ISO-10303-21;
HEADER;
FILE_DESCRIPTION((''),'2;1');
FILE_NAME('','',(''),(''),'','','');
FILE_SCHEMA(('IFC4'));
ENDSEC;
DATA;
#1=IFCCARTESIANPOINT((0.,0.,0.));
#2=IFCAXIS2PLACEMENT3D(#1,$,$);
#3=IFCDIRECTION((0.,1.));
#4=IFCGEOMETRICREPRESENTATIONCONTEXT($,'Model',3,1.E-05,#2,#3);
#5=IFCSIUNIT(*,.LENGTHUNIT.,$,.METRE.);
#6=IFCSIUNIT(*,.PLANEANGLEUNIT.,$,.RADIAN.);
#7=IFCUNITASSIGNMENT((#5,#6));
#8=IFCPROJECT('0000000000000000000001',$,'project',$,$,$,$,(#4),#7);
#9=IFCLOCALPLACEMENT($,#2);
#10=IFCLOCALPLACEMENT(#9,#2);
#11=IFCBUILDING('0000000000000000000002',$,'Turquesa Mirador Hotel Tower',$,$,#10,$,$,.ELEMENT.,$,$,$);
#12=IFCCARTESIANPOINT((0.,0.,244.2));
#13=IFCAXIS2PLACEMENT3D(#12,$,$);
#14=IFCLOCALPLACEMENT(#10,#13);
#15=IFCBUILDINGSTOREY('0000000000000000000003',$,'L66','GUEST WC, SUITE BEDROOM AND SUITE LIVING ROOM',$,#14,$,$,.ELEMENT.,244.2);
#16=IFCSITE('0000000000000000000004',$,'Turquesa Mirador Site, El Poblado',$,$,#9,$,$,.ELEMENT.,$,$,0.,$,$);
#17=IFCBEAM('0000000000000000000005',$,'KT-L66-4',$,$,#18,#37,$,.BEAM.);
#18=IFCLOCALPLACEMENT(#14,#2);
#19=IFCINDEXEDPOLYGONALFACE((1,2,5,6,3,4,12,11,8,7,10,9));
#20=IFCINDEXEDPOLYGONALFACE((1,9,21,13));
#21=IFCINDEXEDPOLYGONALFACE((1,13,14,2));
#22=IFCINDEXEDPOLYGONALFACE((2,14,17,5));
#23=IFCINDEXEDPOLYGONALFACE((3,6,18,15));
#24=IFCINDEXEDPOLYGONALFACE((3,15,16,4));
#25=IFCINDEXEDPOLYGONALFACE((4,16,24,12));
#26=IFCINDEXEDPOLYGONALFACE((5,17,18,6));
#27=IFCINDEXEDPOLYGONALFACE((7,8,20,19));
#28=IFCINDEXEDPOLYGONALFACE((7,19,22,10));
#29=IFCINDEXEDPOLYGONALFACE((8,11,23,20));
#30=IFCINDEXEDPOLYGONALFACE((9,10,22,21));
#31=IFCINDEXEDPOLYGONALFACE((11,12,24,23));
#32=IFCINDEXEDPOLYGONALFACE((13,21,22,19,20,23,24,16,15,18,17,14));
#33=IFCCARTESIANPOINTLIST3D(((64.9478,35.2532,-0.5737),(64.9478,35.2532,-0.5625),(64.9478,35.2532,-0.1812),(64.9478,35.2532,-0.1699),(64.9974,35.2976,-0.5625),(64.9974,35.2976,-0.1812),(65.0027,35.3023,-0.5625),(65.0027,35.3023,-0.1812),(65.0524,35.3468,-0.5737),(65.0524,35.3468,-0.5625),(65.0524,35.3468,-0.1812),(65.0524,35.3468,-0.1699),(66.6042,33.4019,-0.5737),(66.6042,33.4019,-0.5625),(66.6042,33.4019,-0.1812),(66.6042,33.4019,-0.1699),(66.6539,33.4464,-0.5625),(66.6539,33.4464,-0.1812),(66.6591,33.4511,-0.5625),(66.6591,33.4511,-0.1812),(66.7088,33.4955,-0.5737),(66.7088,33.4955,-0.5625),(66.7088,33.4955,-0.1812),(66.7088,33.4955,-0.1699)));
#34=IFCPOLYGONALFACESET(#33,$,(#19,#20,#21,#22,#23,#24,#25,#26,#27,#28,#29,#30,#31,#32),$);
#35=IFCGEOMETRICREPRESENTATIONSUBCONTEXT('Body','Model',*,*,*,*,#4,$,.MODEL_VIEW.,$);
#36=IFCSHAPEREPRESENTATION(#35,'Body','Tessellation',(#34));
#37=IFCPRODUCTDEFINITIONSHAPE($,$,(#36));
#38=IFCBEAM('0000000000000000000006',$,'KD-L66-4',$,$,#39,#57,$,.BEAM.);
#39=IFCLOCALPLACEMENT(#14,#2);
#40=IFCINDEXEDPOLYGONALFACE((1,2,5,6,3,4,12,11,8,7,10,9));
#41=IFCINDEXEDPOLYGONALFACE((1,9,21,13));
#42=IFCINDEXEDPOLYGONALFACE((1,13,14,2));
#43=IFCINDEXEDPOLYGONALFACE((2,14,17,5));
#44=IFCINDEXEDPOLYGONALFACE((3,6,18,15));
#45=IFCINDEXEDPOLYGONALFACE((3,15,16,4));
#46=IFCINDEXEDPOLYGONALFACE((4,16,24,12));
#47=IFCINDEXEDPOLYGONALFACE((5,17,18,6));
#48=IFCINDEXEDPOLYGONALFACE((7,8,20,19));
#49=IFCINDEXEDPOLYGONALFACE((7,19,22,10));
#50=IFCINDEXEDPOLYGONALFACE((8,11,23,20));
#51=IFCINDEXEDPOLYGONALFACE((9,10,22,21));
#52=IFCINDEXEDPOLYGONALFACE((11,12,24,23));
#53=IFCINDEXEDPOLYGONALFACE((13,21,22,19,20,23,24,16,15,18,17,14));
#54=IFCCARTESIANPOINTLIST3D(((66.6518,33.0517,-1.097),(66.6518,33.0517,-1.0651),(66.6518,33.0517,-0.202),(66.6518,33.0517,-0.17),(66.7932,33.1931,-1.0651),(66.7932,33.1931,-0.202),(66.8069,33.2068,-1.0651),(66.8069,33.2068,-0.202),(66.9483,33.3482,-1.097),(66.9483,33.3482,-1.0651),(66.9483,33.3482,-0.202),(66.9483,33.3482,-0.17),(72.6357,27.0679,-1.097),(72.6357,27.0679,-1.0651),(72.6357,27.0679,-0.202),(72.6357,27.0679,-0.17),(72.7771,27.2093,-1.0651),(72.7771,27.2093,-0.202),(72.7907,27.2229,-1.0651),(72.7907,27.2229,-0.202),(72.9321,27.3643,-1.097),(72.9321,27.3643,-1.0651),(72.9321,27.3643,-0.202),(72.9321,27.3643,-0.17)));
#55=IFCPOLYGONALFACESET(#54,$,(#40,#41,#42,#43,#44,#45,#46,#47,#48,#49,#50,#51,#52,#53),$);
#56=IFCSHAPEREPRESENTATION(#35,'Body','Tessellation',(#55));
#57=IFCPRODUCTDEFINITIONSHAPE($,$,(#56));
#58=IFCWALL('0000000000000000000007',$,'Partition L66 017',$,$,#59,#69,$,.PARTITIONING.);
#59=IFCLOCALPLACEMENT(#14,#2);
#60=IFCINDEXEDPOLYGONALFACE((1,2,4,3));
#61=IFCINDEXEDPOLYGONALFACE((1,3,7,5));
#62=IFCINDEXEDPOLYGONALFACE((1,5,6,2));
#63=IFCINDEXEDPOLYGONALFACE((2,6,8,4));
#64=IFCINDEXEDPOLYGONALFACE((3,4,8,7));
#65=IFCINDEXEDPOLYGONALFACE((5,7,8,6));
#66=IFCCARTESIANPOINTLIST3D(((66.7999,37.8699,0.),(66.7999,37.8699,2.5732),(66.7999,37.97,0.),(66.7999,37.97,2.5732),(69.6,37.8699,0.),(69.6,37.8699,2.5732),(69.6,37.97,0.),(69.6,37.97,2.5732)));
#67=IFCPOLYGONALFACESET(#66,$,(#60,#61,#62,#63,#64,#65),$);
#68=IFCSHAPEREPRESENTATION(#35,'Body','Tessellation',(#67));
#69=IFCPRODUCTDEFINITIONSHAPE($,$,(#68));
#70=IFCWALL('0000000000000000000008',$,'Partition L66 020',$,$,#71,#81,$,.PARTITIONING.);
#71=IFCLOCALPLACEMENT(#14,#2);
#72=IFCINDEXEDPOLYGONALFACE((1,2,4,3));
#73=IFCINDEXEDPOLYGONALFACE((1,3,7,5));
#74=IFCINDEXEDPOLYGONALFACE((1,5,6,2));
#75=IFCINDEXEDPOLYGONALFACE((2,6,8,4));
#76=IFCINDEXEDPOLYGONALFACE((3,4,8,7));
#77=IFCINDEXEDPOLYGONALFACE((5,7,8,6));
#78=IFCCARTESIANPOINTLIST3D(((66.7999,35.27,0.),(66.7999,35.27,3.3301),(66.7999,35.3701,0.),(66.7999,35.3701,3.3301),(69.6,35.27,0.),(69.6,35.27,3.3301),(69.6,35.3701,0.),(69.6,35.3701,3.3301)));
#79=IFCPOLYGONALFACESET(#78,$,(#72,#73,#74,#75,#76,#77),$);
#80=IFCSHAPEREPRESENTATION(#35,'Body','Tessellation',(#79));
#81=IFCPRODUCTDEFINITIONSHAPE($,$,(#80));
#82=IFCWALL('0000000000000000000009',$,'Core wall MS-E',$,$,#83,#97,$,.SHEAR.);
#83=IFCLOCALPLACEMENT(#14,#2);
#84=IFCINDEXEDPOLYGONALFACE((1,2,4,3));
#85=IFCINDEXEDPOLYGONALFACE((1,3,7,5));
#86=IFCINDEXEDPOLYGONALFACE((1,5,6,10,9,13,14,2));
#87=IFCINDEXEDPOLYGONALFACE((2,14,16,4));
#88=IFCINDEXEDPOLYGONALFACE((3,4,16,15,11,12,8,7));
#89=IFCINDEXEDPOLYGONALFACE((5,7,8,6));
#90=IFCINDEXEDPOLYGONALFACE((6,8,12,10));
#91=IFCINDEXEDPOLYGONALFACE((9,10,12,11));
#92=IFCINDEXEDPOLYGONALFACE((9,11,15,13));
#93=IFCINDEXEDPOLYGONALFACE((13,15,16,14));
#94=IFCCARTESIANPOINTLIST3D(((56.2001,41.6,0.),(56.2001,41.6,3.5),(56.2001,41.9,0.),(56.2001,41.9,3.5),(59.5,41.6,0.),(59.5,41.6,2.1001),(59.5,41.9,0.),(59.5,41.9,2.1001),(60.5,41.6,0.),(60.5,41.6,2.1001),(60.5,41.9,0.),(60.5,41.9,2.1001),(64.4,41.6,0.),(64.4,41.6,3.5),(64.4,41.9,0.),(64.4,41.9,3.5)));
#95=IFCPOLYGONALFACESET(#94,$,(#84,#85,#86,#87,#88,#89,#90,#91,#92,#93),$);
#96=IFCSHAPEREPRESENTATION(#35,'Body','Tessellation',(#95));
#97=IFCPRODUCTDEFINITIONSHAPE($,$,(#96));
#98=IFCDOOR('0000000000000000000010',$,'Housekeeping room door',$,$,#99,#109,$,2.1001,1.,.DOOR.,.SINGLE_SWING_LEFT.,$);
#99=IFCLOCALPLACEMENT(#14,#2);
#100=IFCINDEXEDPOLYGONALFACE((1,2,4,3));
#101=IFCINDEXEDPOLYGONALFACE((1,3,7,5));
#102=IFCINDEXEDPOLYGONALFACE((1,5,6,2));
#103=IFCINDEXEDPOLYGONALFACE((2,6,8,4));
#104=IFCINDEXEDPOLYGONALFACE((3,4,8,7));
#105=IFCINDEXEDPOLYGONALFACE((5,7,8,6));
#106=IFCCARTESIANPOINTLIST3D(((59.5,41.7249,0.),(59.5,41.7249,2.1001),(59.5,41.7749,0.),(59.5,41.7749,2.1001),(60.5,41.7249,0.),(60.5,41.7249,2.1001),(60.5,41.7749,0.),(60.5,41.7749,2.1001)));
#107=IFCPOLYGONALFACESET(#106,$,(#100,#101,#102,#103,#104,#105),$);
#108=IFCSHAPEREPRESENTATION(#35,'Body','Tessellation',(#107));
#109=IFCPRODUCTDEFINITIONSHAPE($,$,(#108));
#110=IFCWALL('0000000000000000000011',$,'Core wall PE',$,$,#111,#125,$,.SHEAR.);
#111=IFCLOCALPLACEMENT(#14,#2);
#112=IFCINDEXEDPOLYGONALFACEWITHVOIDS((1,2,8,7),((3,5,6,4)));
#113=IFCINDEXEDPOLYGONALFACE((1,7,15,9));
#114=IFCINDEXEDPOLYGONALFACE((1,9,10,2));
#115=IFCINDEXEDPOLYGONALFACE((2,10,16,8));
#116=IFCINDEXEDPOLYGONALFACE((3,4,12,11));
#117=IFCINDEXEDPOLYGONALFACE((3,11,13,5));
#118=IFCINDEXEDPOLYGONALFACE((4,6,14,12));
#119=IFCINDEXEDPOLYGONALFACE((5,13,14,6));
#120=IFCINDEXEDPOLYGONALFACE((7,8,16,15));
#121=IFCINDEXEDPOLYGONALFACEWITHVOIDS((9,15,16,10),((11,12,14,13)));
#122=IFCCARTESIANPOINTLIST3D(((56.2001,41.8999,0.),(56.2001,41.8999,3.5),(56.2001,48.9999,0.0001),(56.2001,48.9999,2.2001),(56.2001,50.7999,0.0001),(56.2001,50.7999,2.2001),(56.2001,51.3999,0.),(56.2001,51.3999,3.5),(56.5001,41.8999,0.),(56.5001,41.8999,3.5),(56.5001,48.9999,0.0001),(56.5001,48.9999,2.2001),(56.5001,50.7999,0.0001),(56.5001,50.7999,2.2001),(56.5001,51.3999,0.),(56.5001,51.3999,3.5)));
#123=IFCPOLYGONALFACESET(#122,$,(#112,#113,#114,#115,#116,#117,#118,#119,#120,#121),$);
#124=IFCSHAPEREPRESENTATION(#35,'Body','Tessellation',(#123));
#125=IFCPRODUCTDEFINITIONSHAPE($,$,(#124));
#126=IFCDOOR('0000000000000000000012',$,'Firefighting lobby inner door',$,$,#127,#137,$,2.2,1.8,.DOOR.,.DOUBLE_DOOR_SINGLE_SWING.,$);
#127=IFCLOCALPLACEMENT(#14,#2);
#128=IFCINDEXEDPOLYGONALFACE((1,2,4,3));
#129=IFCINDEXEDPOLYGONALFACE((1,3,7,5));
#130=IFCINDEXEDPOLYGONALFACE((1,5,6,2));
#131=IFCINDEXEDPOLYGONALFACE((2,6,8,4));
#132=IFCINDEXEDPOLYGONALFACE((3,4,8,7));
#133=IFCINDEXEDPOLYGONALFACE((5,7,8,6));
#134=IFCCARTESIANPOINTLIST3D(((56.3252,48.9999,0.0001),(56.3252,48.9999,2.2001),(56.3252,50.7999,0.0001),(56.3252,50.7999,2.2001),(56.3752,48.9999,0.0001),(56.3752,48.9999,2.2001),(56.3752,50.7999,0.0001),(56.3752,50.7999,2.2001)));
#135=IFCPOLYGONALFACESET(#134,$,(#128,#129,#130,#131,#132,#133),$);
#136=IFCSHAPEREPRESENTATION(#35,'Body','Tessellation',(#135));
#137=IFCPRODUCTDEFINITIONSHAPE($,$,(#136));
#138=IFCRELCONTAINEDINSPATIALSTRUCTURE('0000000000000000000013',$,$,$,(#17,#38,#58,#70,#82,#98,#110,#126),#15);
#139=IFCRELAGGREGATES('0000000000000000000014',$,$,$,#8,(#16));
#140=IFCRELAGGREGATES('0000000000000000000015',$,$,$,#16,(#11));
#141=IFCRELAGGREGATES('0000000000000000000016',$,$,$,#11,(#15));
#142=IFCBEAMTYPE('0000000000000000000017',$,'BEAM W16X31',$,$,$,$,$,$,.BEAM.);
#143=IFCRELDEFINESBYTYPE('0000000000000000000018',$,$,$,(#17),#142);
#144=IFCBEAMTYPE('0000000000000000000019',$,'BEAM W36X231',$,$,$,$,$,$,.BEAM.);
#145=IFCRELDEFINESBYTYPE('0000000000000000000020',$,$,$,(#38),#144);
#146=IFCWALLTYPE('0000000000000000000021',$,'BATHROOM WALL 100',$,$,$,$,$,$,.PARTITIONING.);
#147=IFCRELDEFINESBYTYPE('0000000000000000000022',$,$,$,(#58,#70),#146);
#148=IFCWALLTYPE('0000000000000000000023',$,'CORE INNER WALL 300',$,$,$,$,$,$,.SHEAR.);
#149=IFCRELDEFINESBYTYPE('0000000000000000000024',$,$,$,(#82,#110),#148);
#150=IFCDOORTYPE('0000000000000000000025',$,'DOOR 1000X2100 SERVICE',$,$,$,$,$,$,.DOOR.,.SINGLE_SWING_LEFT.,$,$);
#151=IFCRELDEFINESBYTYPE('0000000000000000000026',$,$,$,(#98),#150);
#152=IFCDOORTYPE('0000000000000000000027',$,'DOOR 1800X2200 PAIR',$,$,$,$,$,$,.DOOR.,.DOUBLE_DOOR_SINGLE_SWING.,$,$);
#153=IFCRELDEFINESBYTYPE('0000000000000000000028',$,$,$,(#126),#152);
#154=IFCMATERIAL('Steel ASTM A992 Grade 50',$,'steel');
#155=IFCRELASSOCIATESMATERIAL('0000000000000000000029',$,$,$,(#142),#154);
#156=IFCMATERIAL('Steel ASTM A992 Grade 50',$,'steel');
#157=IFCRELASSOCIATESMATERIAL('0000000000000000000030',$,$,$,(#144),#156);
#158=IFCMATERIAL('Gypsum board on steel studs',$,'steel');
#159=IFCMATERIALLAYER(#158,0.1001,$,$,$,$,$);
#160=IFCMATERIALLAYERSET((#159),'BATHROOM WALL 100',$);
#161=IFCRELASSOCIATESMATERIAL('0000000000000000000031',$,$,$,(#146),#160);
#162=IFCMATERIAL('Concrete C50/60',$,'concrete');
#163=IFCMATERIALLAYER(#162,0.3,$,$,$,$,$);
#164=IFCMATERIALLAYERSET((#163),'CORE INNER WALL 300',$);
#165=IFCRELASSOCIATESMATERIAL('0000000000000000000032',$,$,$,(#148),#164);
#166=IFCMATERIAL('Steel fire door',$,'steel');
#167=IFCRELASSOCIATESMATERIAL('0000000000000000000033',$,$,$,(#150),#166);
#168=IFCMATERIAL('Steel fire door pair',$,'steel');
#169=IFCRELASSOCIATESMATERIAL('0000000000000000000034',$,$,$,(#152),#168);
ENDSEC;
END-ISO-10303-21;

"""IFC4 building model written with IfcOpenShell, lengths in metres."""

from ifc_helpers import new_model, si_unit, direction, frame, frame_2d, origin, origin_2d, place, context, subcontext, project, spatial, rectangle, i_section, extrude, material, layer, layer_set, material_profile, profile_set, type_object, element, fill, save


model = new_model("IFC4")

# Units and contexts
model_context = context("Model", 3, precision=1e-05, world=origin(), true_north=direction((0.0, 1.0)))
body_context = subcontext(model_context, "Body", "Model", "MODEL_VIEW")
ifc_project = project(units=[si_unit("LENGTHUNIT", "METRE"), si_unit("PLANEANGLEUNIT", "RADIAN")], contexts=[model_context])

# Site, building, storey
site_placement = place(None, origin())
site = spatial("IfcSite", under=ifc_project, at=site_placement, Name="Turquesa Mirador Site, El Poblado", CompositionType="ELEMENT", RefElevation=0.0)
building_placement = place(site_placement, origin())
building = spatial("IfcBuilding", under=site, at=building_placement, Name="Turquesa Mirador Hotel Tower", CompositionType="ELEMENT")
storey_placement = place(building_placement, frame((0.0, 0.0, 244.2)))
storey = spatial("IfcBuildingStorey", under=building, at=storey_placement, Name="L66", Description="GUEST WC, SUITE BEDROOM AND SUITE LIVING ROOM", CompositionType="ELEMENT", Elevation=244.2)

# Beams
ifc_material_1 = material(Name="Steel ASTM A992 Grade 50", Category="steel")
ifc_material_profile_1 = material_profile(ifc_material_1, i_section(OverallWidth=0.1404, OverallDepth=0.4038, WebThickness=0.0071, FlangeThickness=0.0112, at=origin_2d()), Name="W16X31")
ifc_profile_set_1 = profile_set([ifc_material_profile_1], Name="Steel ASTM A992 Grade 50")
beam_type_1 = type_object("IfcBeamType", Name="BEAM W16X31", PredefinedType="BEAM", material=ifc_profile_set_1)
beam_1_placement = place(storey_placement, frame((66.6565, 33.4487, -0.3718), z_axis=(-0.666806, 0.745231, 0.0), x_axis=(-0.745231, -0.666806, 0.0)))
element("IfcBeam", 1, at=beam_1_placement, inside=storey, type_object=beam_type_1, Name="KT-L66-4", PredefinedType="BEAM", context=body_context, shape_type="SweptSolid", body=[
    extrude(i_section(OverallWidth=0.1404, OverallDepth=0.4038, WebThickness=0.0071, FlangeThickness=0.0112, at=origin_2d()), origin(), (0.0, 0.0, 1.0), 2.4841),
])
ifc_material_2 = material(Name="Steel ASTM A992 Grade 50", Category="steel")
ifc_material_profile_2 = material_profile(ifc_material_2, i_section(OverallWidth=0.4192, OverallDepth=0.927, WebThickness=0.0193, FlangeThickness=0.032, at=origin_2d()), Name="W36X231")
ifc_profile_set_2 = profile_set([ifc_material_profile_2], Name="Steel ASTM A992 Grade 50")
beam_type_2 = type_object("IfcBeamType", Name="BEAM W36X231", PredefinedType="BEAM", material=ifc_profile_set_2)
beam_2_placement = place(storey_placement, frame((66.8, 33.2, -0.6335), z_axis=(0.707107, -0.707107, 0.0), x_axis=(0.707107, 0.707107, 0.0)))
element("IfcBeam", 2, at=beam_2_placement, inside=storey, type_object=beam_type_2, Name="KD-L66-4", PredefinedType="BEAM", context=body_context, shape_type="SweptSolid", body=[
    extrude(i_section(OverallWidth=0.4192, OverallDepth=0.927, WebThickness=0.0193, FlangeThickness=0.032, at=origin_2d()), origin(), (0.0, 0.0, 1.0), 8.4624),
])

# Walls
ifc_material_3 = material(Name="Gypsum board on steel studs", Category="steel")
ifc_layer_1 = layer(ifc_material_3, 0.1001)
ifc_layer_set_1 = layer_set([ifc_layer_1], Name="BATHROOM WALL 100")
wall_type_1 = type_object("IfcWallType", Name="BATHROOM WALL 100", PredefinedType="PARTITIONING", material=ifc_layer_set_1)
wall_1_placement = place(storey_placement, frame((66.8, 37.9199, 0.0), z_axis=(0.0, 0.0, 1.0), x_axis=(1.0, 0.0, 0.0)))
element("IfcWall", 3, at=wall_1_placement, inside=storey, type_object=wall_type_1, Name="Partition L66 017", PredefinedType="PARTITIONING", context=body_context, shape_type="SweptSolid", body=[
    extrude(rectangle(XDim=2.8, YDim=0.1001, at=frame_2d((1.3999, 0.0))), origin(), (0.0, 0.0, 1.0), 2.5732),
])
wall_2_placement = place(storey_placement, frame((66.8, 35.3201, 0.0), z_axis=(0.0, 0.0, 1.0), x_axis=(1.0, 0.0, 0.0)))
element("IfcWall", 4, at=wall_2_placement, inside=storey, type_object=wall_type_1, Name="Partition L66 020", PredefinedType="PARTITIONING", context=body_context, shape_type="SweptSolid", body=[
    extrude(rectangle(XDim=2.8, YDim=0.1001, at=frame_2d((1.3999, 0.0))), origin(), (0.0, 0.0, 1.0), 3.3301),
])

# Walls, openings, doors
ifc_material_4 = material(Name="Concrete C50/60", Category="concrete")
ifc_layer_2 = layer(ifc_material_4, 0.3)
ifc_layer_set_2 = layer_set([ifc_layer_2], Name="CORE INNER WALL 300")
wall_type_2 = type_object("IfcWallType", Name="CORE INNER WALL 300", PredefinedType="SHEAR", material=ifc_layer_set_2)
wall_3_placement = place(storey_placement, frame((56.2, 41.75, 0.0), z_axis=(0.0, 0.0, 1.0), x_axis=(1.0, 0.0, 0.0)))
wall_3 = element("IfcWall", 5, at=wall_3_placement, inside=storey, type_object=wall_type_2, Name="Core wall MS-E", PredefinedType="SHEAR", context=body_context, shape_type="SweptSolid", body=[
    extrude(rectangle(XDim=8.2, YDim=0.3, at=frame_2d((4.1001, 0.0))), origin(), (0.0, 0.0, 1.0), 3.5),
])
opening_1_placement = place(wall_3_placement, frame((3.3, 0.0, 0.0)))
opening_1 = element("IfcOpeningElement", 6, at=opening_1_placement, cuts=wall_3, PredefinedType="OPENING", context=body_context, shape_type="SweptSolid", body=[
    extrude(rectangle(XDim=1.0, YDim=2.1001, at=frame_2d((0.5, 1.05))), frame((0.0, 0.1599, 0.0), z_axis=(0.0, -1.0, 0.0), x_axis=(1.0, 0.0, 0.0)), (0.0, 0.0, 1.0), 0.3201),
])
ifc_material_5 = material(Name="Steel fire door", Category="steel")
door_type_1 = type_object("IfcDoorType", Name="DOOR 1000X2100 SERVICE", OperationType="SINGLE_SWING_LEFT", PredefinedType="DOOR", material=ifc_material_5)
door_1_placement = place(opening_1_placement, origin())
door_1 = element("IfcDoor", 7, at=door_1_placement, inside=storey, type_object=door_type_1, Name="Housekeeping room door", OperationType="SINGLE_SWING_LEFT", OverallHeight=2.1001, OverallWidth=1.0, PredefinedType="DOOR", context=body_context, shape_type="SweptSolid", body=[
    extrude(rectangle(XDim=1.0, YDim=2.1001, at=frame_2d((0.5, 1.05))), frame((0.0, 0.0249, 0.0), z_axis=(0.0, -1.0, 0.0), x_axis=(1.0, 0.0, 0.0)), (0.0, 0.0, 1.0), 0.05),
])
fill(opening_1, door_1)
wall_4_placement = place(storey_placement, frame((56.3501, 41.8999, 0.0), z_axis=(0.0, 0.0, 1.0), x_axis=(0.0, 1.0, 0.0)))
wall_4 = element("IfcWall", 8, at=wall_4_placement, inside=storey, type_object=wall_type_2, Name="Core wall PE", PredefinedType="SHEAR", context=body_context, shape_type="SweptSolid", body=[
    extrude(rectangle(XDim=9.5, YDim=0.3, at=frame_2d((4.75, 0.0))), origin(), (0.0, 0.0, 1.0), 3.5),
])
opening_2_placement = place(wall_4_placement, frame((7.1001, 0.0, 0.0)))
opening_2 = element("IfcOpeningElement", 9, at=opening_2_placement, cuts=wall_4, PredefinedType="OPENING", context=body_context, shape_type="SweptSolid", body=[
    extrude(rectangle(XDim=1.8, YDim=2.2, at=frame_2d((0.8999, 1.1001))), frame((0.0, 0.1599, 0.0), z_axis=(0.0, -1.0, 0.0), x_axis=(1.0, 0.0, 0.0)), (0.0, 0.0, 1.0), 0.3201),
])
ifc_material_6 = material(Name="Steel fire door pair", Category="steel")
door_type_2 = type_object("IfcDoorType", Name="DOOR 1800X2200 PAIR", OperationType="DOUBLE_DOOR_SINGLE_SWING", PredefinedType="DOOR", material=ifc_material_6)
door_2_placement = place(opening_2_placement, origin())
door_2 = element("IfcDoor", 10, at=door_2_placement, inside=storey, type_object=door_type_2, Name="Firefighting lobby inner door", OperationType="DOUBLE_DOOR_SINGLE_SWING", OverallHeight=2.2, OverallWidth=1.8, PredefinedType="DOOR", context=body_context, shape_type="SweptSolid", body=[
    extrude(rectangle(XDim=1.8, YDim=2.2, at=frame_2d((0.8999, 1.1001))), frame((0.0, 0.0249, 0.0), z_axis=(0.0, -1.0, 0.0), x_axis=(1.0, 0.0, 0.0)), (0.0, 0.0, 1.0), 0.05),
])
fill(opening_2, door_2)

save(model, "model.ifc")
